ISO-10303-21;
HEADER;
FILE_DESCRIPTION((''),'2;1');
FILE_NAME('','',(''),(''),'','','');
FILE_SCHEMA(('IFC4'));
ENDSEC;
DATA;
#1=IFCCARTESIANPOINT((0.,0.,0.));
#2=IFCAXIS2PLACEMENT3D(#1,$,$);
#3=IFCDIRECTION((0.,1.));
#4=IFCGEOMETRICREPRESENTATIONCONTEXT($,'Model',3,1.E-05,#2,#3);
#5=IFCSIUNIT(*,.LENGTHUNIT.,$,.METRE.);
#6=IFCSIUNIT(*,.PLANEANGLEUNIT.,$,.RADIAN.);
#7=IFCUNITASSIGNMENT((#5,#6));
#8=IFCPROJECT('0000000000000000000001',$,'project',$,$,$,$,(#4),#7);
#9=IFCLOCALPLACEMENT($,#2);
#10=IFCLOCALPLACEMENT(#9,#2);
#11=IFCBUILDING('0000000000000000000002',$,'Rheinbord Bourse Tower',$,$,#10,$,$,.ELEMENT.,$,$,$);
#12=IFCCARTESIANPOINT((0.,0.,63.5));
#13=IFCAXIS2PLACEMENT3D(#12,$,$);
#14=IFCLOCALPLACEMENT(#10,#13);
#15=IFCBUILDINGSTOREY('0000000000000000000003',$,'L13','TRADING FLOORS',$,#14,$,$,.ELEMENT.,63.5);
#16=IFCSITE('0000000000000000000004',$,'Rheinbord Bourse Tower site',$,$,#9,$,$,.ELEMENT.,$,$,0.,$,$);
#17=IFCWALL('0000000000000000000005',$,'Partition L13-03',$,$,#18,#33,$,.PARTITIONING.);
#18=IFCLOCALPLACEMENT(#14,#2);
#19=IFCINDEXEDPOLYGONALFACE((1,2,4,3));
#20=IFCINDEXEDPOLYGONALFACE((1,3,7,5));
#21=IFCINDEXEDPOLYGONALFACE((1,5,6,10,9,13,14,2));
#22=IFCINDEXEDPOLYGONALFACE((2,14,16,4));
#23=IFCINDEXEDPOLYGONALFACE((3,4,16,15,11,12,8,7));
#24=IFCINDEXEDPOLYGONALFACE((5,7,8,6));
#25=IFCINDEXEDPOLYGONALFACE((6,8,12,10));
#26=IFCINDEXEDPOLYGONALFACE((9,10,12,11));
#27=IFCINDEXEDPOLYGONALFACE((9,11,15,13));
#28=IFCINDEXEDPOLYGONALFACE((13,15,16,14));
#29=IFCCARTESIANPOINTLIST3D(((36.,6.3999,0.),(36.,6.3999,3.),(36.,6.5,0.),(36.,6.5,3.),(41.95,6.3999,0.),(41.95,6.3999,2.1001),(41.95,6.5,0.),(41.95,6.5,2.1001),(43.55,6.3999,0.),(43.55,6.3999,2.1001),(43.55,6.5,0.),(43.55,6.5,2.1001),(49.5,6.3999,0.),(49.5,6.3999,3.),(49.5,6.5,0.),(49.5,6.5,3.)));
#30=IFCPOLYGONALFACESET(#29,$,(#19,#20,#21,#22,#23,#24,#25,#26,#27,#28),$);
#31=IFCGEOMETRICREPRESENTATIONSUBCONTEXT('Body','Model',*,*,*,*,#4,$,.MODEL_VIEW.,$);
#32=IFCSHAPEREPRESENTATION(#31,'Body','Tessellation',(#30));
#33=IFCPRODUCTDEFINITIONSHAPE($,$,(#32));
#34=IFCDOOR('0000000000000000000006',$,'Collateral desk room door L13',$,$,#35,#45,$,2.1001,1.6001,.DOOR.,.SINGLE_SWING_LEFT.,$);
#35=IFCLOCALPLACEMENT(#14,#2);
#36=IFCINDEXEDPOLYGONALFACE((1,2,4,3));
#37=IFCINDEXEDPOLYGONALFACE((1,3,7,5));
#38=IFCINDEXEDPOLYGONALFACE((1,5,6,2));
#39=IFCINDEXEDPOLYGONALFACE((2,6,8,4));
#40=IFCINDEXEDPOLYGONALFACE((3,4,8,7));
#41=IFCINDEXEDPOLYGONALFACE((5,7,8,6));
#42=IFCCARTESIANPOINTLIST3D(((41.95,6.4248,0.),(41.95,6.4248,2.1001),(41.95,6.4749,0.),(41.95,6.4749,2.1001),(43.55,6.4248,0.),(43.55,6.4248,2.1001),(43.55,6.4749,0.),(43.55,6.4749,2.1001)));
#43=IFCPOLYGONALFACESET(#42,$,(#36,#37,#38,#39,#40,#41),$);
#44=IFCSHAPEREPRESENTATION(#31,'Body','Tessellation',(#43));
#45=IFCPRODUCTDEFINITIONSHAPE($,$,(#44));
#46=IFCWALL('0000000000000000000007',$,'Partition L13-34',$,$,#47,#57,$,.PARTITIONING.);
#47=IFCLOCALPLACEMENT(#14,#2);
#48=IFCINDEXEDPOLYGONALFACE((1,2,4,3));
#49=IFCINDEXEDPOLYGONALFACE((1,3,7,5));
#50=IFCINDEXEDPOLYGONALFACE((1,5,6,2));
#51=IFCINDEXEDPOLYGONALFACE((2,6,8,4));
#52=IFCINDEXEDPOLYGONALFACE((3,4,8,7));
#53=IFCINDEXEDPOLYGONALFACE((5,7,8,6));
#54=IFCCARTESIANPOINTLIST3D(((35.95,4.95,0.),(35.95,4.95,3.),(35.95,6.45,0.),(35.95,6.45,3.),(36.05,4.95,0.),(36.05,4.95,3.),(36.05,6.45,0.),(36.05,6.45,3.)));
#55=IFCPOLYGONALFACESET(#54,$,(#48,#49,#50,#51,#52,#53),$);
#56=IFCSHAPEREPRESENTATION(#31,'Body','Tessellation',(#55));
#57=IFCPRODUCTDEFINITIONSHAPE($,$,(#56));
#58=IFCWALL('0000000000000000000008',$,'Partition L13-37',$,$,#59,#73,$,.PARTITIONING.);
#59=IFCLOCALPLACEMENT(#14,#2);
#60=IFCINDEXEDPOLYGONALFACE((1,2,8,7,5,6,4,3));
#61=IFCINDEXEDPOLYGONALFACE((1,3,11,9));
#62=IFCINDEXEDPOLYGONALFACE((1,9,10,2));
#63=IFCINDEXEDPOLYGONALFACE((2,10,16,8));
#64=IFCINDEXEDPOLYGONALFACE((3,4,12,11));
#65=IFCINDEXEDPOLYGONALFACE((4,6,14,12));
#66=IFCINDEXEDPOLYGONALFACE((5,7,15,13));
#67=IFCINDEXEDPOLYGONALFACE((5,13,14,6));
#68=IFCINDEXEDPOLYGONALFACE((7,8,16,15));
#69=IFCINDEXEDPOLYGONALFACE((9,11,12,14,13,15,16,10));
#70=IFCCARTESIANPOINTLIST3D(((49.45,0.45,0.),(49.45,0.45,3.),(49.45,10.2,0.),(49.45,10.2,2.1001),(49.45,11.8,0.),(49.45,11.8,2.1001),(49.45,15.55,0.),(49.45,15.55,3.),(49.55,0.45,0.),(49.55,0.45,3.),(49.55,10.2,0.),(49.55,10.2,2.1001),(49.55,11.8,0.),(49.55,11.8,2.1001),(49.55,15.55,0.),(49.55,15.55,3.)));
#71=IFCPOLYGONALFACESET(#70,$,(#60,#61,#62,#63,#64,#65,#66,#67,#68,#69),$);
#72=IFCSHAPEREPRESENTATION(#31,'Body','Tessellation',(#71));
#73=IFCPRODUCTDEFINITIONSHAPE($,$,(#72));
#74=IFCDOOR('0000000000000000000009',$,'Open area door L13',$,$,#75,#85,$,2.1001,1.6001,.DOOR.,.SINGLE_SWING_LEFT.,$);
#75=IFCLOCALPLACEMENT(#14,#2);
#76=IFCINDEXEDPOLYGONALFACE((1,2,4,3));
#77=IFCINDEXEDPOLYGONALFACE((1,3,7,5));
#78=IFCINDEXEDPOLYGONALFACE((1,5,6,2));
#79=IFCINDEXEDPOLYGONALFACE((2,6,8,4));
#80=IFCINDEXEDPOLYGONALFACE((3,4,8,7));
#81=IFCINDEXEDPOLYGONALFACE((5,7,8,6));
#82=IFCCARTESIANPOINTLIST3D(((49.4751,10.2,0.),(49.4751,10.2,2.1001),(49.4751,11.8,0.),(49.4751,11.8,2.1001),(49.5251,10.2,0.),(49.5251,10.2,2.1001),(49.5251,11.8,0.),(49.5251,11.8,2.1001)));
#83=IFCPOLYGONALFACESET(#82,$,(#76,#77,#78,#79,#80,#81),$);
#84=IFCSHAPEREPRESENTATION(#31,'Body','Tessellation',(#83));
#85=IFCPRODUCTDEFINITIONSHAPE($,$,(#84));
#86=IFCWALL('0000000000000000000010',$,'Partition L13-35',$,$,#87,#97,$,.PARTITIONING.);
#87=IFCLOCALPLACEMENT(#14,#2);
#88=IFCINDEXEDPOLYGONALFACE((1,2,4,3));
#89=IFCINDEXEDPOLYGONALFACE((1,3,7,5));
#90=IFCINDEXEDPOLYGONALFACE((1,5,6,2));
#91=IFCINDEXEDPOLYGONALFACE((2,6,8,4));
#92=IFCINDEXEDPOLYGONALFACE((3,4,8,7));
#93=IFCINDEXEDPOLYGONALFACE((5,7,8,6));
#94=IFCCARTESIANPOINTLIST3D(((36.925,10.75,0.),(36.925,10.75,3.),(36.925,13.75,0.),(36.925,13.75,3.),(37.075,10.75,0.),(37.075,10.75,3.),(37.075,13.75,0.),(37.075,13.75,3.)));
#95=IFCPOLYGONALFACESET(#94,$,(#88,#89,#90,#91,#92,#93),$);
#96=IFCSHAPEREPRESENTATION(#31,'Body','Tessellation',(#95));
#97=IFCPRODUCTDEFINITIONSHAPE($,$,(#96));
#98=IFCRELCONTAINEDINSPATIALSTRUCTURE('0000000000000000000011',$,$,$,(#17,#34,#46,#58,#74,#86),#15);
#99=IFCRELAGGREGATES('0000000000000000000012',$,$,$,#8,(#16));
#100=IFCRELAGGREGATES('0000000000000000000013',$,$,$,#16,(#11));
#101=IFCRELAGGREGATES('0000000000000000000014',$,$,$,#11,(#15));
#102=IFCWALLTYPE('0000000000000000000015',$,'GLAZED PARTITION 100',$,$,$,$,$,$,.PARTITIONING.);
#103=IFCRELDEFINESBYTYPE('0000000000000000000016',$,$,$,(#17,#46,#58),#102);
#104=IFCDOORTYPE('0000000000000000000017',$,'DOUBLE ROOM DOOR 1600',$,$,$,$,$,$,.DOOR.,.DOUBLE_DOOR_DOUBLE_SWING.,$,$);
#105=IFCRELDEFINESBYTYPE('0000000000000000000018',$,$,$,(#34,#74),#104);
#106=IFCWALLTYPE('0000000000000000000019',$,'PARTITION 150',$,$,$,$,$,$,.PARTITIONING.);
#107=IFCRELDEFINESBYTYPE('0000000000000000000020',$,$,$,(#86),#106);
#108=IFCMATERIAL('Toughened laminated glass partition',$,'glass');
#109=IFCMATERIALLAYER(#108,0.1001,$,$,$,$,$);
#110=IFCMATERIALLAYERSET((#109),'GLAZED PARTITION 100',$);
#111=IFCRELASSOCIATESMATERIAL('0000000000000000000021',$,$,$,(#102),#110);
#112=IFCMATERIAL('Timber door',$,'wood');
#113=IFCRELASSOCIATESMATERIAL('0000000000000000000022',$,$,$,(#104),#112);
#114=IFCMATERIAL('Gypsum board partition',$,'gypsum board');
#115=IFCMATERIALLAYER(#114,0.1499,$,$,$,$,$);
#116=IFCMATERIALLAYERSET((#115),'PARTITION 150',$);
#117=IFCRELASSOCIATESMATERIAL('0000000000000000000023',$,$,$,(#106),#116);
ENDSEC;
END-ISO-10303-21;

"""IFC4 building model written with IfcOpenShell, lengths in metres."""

from ifc_helpers import new_model, si_unit, direction, frame, frame_2d, origin, place, context, subcontext, project, spatial, rectangle, extrude, material, layer, layer_set, type_object, element, fill, save


model = new_model("IFC4")

# Units and contexts
model_context = context("Model", 3, precision=1e-05, world=origin(), true_north=direction((0.0, 1.0)))
body_context = subcontext(model_context, "Body", "Model", "MODEL_VIEW")
ifc_project = project(units=[si_unit("LENGTHUNIT", "METRE"), si_unit("PLANEANGLEUNIT", "RADIAN")], contexts=[model_context])

# Site, building, storey
site_placement = place(None, origin())
site = spatial("IfcSite", under=ifc_project, at=site_placement, Name="Rheinbord Bourse Tower site", CompositionType="ELEMENT", RefElevation=0.0)
building_placement = place(site_placement, origin())
building = spatial("IfcBuilding", under=site, at=building_placement, Name="Rheinbord Bourse Tower", CompositionType="ELEMENT")
storey_placement = place(building_placement, frame((0.0, 0.0, 63.5)))
storey = spatial("IfcBuildingStorey", under=building, at=storey_placement, Name="L13", Description="TRADING FLOORS", CompositionType="ELEMENT", Elevation=63.5)

# Wall, opening, door
ifc_material_1 = material(Name="Toughened laminated glass partition", Category="glass")
ifc_layer_1 = layer(ifc_material_1, 0.1001)
ifc_layer_set_1 = layer_set([ifc_layer_1], Name="GLAZED PARTITION 100")
wall_type_1 = type_object("IfcWallType", Name="GLAZED PARTITION 100", PredefinedType="PARTITIONING", material=ifc_layer_set_1)
wall_1_placement = place(storey_placement, frame((36.0, 6.45, 0.0), z_axis=(0.0, 0.0, 1.0), x_axis=(1.0, 0.0, 0.0)))
wall_1 = element("IfcWall", 1, at=wall_1_placement, inside=storey, type_object=wall_type_1, Name="Partition L13-03", PredefinedType="PARTITIONING", context=body_context, shape_type="SweptSolid", body=[
    extrude(rectangle(XDim=13.5, YDim=0.1001, at=frame_2d((6.75, 0.0))), origin(), (0.0, 0.0, 1.0), 3.0),
])
opening_1_placement = place(wall_1_placement, frame((5.95, 0.0, 0.0)))
opening_1 = element("IfcOpeningElement", 2, at=opening_1_placement, cuts=wall_1, PredefinedType="OPENING", context=body_context, shape_type="SweptSolid", body=[
    extrude(rectangle(XDim=1.6001, YDim=2.1001, at=frame_2d((0.8, 1.05))), frame((0.0, 0.0601, 0.0), z_axis=(0.0, -1.0, 0.0), x_axis=(1.0, 0.0, 0.0)), (0.0, 0.0, 1.0), 0.1201),
])
ifc_material_2 = material(Name="Timber door", Category="wood")
door_type_1 = type_object("IfcDoorType", Name="DOUBLE ROOM DOOR 1600", OperationType="DOUBLE_DOOR_DOUBLE_SWING", PredefinedType="DOOR", material=ifc_material_2)
door_1_placement = place(opening_1_placement, origin())
door_1 = element("IfcDoor", 3, at=door_1_placement, inside=storey, type_object=door_type_1, Name="Collateral desk room door L13", OperationType="SINGLE_SWING_LEFT", OverallHeight=2.1001, OverallWidth=1.6001, PredefinedType="DOOR", context=body_context, shape_type="SweptSolid", body=[
    extrude(rectangle(XDim=1.6001, YDim=2.1001, at=frame_2d((0.8, 1.05))), frame((0.0, 0.0249, 0.0), z_axis=(0.0, -1.0, 0.0), x_axis=(1.0, 0.0, 0.0)), (0.0, 0.0, 1.0), 0.05),
])
fill(opening_1, door_1)

# Wall
wall_2_placement = place(storey_placement, frame((36.0, 4.95, 0.0), z_axis=(0.0, 0.0, 1.0), x_axis=(0.0, 1.0, 0.0)))
element("IfcWall", 4, at=wall_2_placement, inside=storey, type_object=wall_type_1, Name="Partition L13-34", PredefinedType="PARTITIONING", context=body_context, shape_type="SweptSolid", body=[
    extrude(rectangle(XDim=1.5, YDim=0.1001, at=frame_2d((0.75, 0.0))), origin(), (0.0, 0.0, 1.0), 3.0),
])

# Wall, opening, door
wall_3_placement = place(storey_placement, frame((49.5, 0.45, 0.0), z_axis=(0.0, 0.0, 1.0), x_axis=(0.0, 1.0, 0.0)))
wall_3 = element("IfcWall", 5, at=wall_3_placement, inside=storey, type_object=wall_type_1, Name="Partition L13-37", PredefinedType="PARTITIONING", context=body_context, shape_type="SweptSolid", body=[
    extrude(rectangle(XDim=15.1001, YDim=0.1001, at=frame_2d((7.55, 0.0))), origin(), (0.0, 0.0, 1.0), 3.0),
])
opening_2_placement = place(wall_3_placement, frame((9.75, 0.0, 0.0)))
opening_2 = element("IfcOpeningElement", 6, at=opening_2_placement, cuts=wall_3, PredefinedType="OPENING", context=body_context, shape_type="SweptSolid", body=[
    extrude(rectangle(XDim=1.6001, YDim=2.1001, at=frame_2d((0.8, 1.05))), frame((0.0, 0.0601, 0.0), z_axis=(0.0, -1.0, 0.0), x_axis=(1.0, 0.0, 0.0)), (0.0, 0.0, 1.0), 0.1201),
])
door_2_placement = place(opening_2_placement, origin())
door_2 = element("IfcDoor", 7, at=door_2_placement, inside=storey, type_object=door_type_1, Name="Open area door L13", OperationType="SINGLE_SWING_LEFT", OverallHeight=2.1001, OverallWidth=1.6001, PredefinedType="DOOR", context=body_context, shape_type="SweptSolid", body=[
    extrude(rectangle(XDim=1.6001, YDim=2.1001, at=frame_2d((0.8, 1.05))), frame((0.0, 0.0249, 0.0), z_axis=(0.0, -1.0, 0.0), x_axis=(1.0, 0.0, 0.0)), (0.0, 0.0, 1.0), 0.05),
])
fill(opening_2, door_2)

# Wall
ifc_material_3 = material(Name="Gypsum board partition", Category="gypsum board")
ifc_layer_2 = layer(ifc_material_3, 0.1499)
ifc_layer_set_2 = layer_set([ifc_layer_2], Name="PARTITION 150")
wall_type_2 = type_object("IfcWallType", Name="PARTITION 150", PredefinedType="PARTITIONING", material=ifc_layer_set_2)
wall_4_placement = place(storey_placement, frame((37.0, 10.75, 0.0), z_axis=(0.0, 0.0, 1.0), x_axis=(0.0, 1.0, 0.0)))
element("IfcWall", 8, at=wall_4_placement, inside=storey, type_object=wall_type_2, Name="Partition L13-35", PredefinedType="PARTITIONING", context=body_context, shape_type="SweptSolid", body=[
    extrude(rectangle(XDim=3.0, YDim=0.1499, at=frame_2d((1.5, 0.0))), origin(), (0.0, 0.0, 1.0), 3.0),
])

save(model, "model.ifc")
